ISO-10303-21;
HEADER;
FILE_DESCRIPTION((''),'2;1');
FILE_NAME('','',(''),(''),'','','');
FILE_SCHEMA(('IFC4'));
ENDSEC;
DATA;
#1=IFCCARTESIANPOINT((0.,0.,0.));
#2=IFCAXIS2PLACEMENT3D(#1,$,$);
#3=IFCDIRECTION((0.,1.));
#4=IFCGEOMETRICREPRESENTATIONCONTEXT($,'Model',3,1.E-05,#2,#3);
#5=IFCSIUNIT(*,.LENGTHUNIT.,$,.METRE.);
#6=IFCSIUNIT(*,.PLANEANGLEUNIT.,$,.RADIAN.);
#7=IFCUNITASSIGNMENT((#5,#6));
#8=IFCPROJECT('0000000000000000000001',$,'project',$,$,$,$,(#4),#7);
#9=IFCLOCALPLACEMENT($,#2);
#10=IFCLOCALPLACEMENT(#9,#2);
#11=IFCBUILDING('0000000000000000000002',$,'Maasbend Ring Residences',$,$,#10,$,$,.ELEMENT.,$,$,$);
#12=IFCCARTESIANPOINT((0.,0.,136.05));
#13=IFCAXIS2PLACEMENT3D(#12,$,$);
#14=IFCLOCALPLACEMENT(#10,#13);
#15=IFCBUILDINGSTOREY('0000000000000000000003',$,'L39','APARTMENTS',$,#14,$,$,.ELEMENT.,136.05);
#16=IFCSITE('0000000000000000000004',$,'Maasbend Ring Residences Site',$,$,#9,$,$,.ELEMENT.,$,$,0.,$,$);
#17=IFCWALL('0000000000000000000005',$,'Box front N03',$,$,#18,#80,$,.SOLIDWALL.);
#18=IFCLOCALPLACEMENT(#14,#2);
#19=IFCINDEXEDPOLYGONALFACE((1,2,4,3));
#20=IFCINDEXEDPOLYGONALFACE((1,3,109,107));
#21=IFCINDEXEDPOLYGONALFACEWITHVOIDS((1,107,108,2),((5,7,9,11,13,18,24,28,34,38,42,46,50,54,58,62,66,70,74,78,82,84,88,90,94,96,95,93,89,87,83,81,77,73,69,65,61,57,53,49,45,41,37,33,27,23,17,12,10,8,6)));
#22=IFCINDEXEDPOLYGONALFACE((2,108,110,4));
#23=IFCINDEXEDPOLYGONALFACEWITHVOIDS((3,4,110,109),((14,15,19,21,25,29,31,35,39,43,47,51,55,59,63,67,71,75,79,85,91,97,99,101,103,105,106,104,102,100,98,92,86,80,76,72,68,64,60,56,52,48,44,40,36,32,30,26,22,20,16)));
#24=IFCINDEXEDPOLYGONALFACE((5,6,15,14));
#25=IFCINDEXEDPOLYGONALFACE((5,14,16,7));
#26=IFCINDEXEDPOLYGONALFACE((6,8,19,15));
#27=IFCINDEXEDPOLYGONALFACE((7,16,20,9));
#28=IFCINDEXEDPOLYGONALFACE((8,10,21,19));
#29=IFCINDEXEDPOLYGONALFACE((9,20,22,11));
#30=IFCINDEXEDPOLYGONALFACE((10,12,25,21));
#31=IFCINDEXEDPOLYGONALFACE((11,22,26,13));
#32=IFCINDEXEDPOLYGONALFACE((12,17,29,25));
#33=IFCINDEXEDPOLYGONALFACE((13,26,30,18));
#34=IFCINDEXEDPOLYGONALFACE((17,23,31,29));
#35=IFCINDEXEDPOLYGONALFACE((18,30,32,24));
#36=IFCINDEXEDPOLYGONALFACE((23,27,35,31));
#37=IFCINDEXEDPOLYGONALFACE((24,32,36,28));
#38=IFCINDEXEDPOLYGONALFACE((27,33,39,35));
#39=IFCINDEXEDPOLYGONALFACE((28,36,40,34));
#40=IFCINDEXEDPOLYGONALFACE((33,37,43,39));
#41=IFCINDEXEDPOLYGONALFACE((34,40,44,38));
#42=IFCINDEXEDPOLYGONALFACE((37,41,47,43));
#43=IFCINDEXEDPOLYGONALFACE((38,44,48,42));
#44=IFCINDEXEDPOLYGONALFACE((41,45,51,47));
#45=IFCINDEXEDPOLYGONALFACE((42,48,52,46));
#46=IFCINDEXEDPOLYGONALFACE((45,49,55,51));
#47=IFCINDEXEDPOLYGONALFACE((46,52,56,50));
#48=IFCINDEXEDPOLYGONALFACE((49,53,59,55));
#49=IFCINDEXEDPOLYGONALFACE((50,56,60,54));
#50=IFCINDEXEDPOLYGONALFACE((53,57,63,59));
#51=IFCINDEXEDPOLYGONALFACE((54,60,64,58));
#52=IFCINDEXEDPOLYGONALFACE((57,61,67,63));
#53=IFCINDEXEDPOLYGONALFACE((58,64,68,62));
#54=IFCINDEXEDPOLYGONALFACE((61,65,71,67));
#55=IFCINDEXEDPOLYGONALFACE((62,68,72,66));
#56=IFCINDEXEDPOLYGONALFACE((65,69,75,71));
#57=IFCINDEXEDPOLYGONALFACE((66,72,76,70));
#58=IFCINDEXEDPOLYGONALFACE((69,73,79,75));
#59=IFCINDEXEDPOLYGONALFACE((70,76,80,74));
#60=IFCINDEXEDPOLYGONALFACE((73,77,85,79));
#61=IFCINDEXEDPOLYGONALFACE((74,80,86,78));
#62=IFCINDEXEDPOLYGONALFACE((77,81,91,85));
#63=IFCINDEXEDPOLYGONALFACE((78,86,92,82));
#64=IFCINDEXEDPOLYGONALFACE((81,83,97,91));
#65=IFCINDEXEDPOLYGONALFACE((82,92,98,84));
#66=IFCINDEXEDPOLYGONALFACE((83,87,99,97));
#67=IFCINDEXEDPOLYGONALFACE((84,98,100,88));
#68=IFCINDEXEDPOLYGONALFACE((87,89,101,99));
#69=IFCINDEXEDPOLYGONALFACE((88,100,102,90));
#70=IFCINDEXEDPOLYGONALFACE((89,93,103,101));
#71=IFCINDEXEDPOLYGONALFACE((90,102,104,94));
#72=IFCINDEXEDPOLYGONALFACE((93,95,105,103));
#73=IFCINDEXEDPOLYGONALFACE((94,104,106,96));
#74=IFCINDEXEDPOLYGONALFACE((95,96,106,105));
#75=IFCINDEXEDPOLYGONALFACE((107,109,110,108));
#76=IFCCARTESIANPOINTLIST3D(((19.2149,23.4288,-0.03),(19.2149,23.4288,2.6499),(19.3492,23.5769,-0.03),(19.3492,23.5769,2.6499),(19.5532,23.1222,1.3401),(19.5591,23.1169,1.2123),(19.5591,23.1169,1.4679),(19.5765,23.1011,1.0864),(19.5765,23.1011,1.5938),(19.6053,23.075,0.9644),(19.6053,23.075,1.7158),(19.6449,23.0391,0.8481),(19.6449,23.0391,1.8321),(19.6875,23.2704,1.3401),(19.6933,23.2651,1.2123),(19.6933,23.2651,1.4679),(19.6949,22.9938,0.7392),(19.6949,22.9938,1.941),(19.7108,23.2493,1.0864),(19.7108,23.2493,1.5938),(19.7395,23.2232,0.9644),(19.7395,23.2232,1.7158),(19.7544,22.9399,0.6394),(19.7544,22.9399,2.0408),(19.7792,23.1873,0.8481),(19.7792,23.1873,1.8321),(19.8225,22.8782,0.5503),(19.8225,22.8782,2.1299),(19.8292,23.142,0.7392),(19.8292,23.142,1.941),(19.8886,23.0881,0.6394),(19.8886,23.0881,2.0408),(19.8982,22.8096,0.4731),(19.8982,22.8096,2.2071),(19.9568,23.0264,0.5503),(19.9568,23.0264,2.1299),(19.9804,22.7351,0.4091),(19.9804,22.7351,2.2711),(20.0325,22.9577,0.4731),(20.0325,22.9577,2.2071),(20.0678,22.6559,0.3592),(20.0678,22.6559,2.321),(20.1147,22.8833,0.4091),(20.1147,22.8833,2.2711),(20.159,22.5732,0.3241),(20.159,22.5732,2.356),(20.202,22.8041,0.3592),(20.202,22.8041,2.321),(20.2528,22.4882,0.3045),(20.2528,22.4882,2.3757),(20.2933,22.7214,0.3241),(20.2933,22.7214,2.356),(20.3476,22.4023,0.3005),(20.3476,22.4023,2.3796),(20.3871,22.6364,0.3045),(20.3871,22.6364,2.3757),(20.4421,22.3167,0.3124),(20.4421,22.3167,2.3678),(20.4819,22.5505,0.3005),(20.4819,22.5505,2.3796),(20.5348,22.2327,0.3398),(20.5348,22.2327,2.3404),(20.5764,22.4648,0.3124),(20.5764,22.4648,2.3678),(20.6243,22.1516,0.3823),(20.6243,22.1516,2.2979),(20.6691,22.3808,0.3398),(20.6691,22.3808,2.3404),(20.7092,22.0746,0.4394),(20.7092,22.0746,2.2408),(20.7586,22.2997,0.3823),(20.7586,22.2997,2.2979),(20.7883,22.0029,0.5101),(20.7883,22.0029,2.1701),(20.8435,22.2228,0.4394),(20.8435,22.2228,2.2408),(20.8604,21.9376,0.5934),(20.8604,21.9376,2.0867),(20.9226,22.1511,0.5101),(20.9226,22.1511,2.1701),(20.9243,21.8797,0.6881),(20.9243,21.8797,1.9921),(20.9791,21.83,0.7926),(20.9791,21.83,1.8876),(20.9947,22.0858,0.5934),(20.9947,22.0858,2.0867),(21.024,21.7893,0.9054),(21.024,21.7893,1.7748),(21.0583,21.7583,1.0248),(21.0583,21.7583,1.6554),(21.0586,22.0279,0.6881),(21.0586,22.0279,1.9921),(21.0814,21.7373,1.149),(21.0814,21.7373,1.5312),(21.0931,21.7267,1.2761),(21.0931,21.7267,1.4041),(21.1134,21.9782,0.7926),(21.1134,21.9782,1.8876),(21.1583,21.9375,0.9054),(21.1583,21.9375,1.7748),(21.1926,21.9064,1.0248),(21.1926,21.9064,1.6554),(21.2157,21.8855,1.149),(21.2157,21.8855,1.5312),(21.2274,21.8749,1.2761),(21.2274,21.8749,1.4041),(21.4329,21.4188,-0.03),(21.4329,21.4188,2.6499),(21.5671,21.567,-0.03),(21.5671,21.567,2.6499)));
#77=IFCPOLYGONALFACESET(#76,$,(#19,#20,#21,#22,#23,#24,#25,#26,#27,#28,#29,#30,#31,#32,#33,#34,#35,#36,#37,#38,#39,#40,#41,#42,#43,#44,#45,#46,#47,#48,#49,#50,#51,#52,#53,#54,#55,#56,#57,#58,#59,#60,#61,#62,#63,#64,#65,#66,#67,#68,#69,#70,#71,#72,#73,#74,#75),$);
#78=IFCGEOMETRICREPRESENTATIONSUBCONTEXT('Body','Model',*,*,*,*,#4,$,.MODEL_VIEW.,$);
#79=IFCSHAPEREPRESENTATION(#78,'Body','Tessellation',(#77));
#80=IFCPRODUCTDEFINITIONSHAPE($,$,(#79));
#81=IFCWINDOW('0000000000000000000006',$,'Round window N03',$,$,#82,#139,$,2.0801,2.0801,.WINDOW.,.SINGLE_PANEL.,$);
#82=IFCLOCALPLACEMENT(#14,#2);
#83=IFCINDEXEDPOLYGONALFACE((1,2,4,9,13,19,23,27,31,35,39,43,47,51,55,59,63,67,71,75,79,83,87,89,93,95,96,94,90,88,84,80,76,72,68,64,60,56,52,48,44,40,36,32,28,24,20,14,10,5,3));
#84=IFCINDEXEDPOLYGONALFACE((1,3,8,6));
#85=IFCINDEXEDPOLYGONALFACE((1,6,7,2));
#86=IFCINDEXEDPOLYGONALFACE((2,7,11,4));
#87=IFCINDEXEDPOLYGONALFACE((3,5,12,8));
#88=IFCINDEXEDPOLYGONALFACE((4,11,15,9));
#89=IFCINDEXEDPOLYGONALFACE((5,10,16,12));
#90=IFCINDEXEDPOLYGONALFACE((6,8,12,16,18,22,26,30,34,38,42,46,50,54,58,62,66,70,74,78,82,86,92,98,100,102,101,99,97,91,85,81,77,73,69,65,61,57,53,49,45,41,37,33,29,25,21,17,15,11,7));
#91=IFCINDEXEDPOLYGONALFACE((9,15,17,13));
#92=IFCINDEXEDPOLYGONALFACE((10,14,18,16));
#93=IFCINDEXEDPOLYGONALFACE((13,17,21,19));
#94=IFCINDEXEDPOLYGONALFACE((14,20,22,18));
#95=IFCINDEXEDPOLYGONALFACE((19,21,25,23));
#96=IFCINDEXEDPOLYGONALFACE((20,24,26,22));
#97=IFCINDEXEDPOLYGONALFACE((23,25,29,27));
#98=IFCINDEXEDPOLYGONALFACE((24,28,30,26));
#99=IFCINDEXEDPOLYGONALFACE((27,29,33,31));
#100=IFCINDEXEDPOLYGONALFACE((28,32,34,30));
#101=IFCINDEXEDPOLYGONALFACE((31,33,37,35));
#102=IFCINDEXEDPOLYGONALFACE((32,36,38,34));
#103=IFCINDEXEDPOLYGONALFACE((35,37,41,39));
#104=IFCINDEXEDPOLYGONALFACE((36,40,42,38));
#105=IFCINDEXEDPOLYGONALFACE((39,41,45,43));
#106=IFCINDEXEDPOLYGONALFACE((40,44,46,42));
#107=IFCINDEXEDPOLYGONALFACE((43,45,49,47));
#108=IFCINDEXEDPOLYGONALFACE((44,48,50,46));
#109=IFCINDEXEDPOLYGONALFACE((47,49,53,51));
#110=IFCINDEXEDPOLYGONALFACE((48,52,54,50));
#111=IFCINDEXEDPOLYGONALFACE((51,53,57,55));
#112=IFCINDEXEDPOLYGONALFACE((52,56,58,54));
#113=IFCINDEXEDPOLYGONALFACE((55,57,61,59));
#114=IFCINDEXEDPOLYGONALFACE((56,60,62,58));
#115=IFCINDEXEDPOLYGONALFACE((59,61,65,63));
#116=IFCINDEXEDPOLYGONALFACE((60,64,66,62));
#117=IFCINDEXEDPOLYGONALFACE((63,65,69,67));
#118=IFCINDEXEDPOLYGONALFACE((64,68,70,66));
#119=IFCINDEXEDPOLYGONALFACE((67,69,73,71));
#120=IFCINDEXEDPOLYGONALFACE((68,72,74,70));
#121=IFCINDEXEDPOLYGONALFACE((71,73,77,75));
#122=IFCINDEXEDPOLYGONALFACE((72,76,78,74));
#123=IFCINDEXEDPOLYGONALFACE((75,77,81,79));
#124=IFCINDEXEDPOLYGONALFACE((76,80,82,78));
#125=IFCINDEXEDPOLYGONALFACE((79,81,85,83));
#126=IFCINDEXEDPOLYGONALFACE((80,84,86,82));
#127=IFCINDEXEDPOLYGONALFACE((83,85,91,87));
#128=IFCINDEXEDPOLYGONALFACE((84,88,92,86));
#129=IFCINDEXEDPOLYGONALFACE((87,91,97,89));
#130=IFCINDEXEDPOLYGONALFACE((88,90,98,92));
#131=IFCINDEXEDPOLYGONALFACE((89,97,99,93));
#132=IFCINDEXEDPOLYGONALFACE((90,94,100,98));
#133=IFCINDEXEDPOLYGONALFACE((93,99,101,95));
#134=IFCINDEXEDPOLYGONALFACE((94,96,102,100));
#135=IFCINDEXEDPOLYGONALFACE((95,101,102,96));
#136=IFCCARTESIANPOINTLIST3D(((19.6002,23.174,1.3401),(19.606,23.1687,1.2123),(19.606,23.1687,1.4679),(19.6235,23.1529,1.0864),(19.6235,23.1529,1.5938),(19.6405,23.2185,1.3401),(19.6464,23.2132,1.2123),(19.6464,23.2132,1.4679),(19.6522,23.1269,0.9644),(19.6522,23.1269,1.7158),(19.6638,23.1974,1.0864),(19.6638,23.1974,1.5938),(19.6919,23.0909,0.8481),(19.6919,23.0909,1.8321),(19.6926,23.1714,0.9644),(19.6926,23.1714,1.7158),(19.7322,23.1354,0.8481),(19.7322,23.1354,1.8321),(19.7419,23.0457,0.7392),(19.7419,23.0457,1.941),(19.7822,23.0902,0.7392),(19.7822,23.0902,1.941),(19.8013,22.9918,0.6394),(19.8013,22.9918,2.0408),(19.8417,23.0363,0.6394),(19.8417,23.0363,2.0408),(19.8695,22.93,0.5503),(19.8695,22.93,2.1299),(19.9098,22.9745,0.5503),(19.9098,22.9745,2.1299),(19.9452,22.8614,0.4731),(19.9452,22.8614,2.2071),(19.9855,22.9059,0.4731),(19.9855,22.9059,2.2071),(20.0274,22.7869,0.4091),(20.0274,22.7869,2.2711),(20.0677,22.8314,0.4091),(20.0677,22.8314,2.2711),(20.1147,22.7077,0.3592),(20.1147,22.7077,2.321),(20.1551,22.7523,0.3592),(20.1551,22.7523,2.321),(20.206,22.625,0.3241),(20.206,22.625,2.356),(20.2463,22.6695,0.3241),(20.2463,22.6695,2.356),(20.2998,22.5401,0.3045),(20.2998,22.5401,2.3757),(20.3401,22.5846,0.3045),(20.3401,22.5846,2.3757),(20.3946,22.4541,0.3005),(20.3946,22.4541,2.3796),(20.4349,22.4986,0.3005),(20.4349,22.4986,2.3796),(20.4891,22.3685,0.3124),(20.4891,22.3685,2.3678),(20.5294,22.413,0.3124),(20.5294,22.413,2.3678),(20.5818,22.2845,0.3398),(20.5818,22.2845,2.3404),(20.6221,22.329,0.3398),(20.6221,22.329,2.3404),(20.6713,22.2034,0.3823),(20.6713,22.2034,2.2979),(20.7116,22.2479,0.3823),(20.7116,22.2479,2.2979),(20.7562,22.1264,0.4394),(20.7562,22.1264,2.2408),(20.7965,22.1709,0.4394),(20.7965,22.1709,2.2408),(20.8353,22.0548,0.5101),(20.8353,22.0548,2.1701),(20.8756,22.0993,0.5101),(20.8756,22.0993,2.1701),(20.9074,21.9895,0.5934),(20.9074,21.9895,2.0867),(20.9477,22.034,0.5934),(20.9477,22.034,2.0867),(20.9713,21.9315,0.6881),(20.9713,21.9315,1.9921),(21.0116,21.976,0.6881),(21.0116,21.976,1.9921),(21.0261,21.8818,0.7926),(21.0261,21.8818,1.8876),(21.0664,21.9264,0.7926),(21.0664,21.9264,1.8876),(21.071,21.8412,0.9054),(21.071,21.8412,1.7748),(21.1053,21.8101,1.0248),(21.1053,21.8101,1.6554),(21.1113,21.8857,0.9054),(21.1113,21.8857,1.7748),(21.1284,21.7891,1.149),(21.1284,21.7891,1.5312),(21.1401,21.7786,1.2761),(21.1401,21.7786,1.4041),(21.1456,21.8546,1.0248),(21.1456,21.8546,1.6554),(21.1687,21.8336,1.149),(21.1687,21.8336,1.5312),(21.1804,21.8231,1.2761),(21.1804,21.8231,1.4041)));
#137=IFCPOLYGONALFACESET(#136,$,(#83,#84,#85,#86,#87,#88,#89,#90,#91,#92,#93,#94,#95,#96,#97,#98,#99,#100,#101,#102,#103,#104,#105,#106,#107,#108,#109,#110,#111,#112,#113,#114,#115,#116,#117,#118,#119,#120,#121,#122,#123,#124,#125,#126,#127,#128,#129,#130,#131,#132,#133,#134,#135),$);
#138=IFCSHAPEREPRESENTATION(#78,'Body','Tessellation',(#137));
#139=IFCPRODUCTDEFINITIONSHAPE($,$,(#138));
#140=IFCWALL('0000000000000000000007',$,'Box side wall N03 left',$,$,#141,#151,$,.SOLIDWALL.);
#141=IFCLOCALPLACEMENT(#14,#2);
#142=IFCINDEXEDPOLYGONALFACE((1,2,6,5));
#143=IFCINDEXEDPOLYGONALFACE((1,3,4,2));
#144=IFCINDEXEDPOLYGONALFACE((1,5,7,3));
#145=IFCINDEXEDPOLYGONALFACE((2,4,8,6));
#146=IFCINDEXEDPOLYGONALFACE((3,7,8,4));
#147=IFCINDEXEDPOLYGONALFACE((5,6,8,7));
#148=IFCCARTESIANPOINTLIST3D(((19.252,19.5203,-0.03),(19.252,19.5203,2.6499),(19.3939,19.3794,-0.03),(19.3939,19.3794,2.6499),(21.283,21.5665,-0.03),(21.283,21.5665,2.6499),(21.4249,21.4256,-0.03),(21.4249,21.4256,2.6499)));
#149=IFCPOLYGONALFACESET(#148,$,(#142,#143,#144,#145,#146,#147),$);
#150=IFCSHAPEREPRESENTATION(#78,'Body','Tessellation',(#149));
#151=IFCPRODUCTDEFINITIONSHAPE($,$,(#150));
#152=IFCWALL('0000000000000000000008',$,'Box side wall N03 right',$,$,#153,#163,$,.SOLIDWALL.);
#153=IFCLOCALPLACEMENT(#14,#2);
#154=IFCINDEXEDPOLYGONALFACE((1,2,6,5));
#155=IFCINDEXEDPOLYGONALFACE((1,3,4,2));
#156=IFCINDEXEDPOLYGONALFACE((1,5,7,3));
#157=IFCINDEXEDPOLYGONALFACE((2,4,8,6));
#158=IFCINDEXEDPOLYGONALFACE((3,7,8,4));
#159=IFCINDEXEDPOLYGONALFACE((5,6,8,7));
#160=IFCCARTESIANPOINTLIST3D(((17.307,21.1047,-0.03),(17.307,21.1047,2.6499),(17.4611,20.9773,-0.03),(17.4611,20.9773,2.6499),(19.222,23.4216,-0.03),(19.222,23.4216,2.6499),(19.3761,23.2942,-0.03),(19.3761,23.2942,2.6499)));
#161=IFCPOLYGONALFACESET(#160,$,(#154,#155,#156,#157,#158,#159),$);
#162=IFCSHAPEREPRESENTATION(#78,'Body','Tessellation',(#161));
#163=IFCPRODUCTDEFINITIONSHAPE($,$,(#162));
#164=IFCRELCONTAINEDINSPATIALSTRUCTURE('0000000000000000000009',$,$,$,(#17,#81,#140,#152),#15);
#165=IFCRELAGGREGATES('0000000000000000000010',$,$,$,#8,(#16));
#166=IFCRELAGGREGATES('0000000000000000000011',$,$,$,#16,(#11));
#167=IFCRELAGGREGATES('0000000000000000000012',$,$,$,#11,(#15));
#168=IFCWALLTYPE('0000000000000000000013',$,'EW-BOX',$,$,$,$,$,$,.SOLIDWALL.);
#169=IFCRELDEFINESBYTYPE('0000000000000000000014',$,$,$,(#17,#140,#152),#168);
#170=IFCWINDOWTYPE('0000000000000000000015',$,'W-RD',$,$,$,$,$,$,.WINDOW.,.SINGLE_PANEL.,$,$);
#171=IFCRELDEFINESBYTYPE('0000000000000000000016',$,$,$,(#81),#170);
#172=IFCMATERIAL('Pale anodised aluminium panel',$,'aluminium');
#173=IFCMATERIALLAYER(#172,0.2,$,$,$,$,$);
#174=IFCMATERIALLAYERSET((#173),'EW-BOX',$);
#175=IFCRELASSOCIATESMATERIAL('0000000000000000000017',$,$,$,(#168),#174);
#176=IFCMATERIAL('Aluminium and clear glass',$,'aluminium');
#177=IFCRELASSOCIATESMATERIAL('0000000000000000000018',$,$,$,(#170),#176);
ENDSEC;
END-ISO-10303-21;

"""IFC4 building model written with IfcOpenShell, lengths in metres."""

from ifc_helpers import new_model, si_unit, direction, frame, frame_2d, origin, place, context, subcontext, project, spatial, rectangle, circle, extrude, material, layer, layer_set, type_object, element, fill, save


model = new_model("IFC4")

# Units and contexts
model_context = context("Model", 3, precision=1e-05, world=origin(), true_north=direction((0.0, 1.0)))
body_context = subcontext(model_context, "Body", "Model", "MODEL_VIEW")
ifc_project = project(units=[si_unit("LENGTHUNIT", "METRE"), si_unit("PLANEANGLEUNIT", "RADIAN")], contexts=[model_context])

# Site, building, storey
site_placement = place(None, origin())
site = spatial("IfcSite", under=ifc_project, at=site_placement, Name="Maasbend Ring Residences Site", CompositionType="ELEMENT", RefElevation=0.0)
building_placement = place(site_placement, origin())
building = spatial("IfcBuilding", under=site, at=building_placement, Name="Maasbend Ring Residences", CompositionType="ELEMENT")
storey_placement = place(building_placement, frame((0.0, 0.0, 136.05)))
storey = spatial("IfcBuildingStorey", under=building, at=storey_placement, Name="L39", Description="APARTMENTS", CompositionType="ELEMENT", Elevation=136.05)

# Wall, opening, window
ifc_material_1 = material(Name="Pale anodised aluminium panel", Category="aluminium")
ifc_layer_1 = layer(ifc_material_1, 0.2)
ifc_layer_set_1 = layer_set([ifc_layer_1], Name="EW-BOX")
wall_type_1 = type_object("IfcWallType", Name="EW-BOX", PredefinedType="SOLIDWALL", material=ifc_layer_set_1)
wall_1_placement = place(storey_placement, frame((21.5, 21.4929, -0.03), z_axis=(0.0, 0.0, 1.0), x_axis=(-0.740998, 0.671507, 0.0)))
wall_1 = element("IfcWall", 1, at=wall_1_placement, inside=storey, type_object=wall_type_1, Name="Box front N03", PredefinedType="SOLIDWALL", context=body_context, shape_type="SweptSolid", body=[
    extrude(rectangle(XDim=2.9932, YDim=0.2, at=frame_2d((1.4966, 0.0))), origin(), (0.0, 0.0, 1.0), 2.6799),
])
opening_1_placement = place(wall_1_placement, frame((0.4565, 0.0, 0.3301)))
opening_1 = element("IfcOpeningElement", 2, at=opening_1_placement, cuts=wall_1, PredefinedType="OPENING", context=body_context, shape_type="SweptSolid", body=[
    extrude(circle(Radius=1.04, at=frame_2d((1.04, 1.04))), frame((0.0, 0.1099, 0.0), z_axis=(0.0, -1.0, 0.0), x_axis=(1.0, 0.0, 0.0)), (0.0, 0.0, 1.0), 0.22),
])
ifc_material_2 = material(Name="Aluminium and clear glass", Category="aluminium")
window_type_1 = type_object("IfcWindowType", Name="W-RD", PartitioningType="SINGLE_PANEL", PredefinedType="WINDOW", material=ifc_material_2)
window_1_placement = place(opening_1_placement, origin())
window_1 = element("IfcWindow", 3, at=window_1_placement, inside=storey, type_object=window_type_1, Name="Round window N03", OverallHeight=2.0801, OverallWidth=2.0801, PartitioningType="SINGLE_PANEL", PredefinedType="WINDOW", context=body_context, shape_type="SweptSolid", body=[
    extrude(circle(Radius=1.04, at=frame_2d((1.04, 1.04))), frame((0.0, 0.03, 0.0), z_axis=(0.0, -1.0, 0.0), x_axis=(1.0, 0.0, 0.0)), (0.0, 0.0, 1.0), 0.0601),
])
fill(opening_1, window_1)

# Walls
wall_2_placement = place(storey_placement, frame((19.323, 19.45, -0.03), z_axis=(0.0, 0.0, 1.0), x_axis=(0.704477, 0.709727, 0.0)))
element("IfcWall", 4, at=wall_2_placement, inside=storey, type_object=wall_type_1, Name="Box side wall N03 left", PredefinedType="SOLIDWALL", context=body_context, shape_type="SweptSolid", body=[
    extrude(rectangle(XDim=2.8831, YDim=0.2, at=frame_2d((1.4414, 0.0))), origin(), (0.0, 0.0, 1.0), 2.6799),
])
wall_3_placement = place(storey_placement, frame((17.384, 21.041, -0.03), z_axis=(0.0, 0.0, 1.0), x_axis=(0.637096, 0.770785, 0.0)))
element("IfcWall", 5, at=wall_3_placement, inside=storey, type_object=wall_type_1, Name="Box side wall N03 right", PredefinedType="SOLIDWALL", context=body_context, shape_type="SweptSolid", body=[
    extrude(rectangle(XDim=3.0059, YDim=0.2, at=frame_2d((1.5029, 0.0))), origin(), (0.0, 0.0, 1.0), 2.6799),
])

save(model, "model.ifc")
